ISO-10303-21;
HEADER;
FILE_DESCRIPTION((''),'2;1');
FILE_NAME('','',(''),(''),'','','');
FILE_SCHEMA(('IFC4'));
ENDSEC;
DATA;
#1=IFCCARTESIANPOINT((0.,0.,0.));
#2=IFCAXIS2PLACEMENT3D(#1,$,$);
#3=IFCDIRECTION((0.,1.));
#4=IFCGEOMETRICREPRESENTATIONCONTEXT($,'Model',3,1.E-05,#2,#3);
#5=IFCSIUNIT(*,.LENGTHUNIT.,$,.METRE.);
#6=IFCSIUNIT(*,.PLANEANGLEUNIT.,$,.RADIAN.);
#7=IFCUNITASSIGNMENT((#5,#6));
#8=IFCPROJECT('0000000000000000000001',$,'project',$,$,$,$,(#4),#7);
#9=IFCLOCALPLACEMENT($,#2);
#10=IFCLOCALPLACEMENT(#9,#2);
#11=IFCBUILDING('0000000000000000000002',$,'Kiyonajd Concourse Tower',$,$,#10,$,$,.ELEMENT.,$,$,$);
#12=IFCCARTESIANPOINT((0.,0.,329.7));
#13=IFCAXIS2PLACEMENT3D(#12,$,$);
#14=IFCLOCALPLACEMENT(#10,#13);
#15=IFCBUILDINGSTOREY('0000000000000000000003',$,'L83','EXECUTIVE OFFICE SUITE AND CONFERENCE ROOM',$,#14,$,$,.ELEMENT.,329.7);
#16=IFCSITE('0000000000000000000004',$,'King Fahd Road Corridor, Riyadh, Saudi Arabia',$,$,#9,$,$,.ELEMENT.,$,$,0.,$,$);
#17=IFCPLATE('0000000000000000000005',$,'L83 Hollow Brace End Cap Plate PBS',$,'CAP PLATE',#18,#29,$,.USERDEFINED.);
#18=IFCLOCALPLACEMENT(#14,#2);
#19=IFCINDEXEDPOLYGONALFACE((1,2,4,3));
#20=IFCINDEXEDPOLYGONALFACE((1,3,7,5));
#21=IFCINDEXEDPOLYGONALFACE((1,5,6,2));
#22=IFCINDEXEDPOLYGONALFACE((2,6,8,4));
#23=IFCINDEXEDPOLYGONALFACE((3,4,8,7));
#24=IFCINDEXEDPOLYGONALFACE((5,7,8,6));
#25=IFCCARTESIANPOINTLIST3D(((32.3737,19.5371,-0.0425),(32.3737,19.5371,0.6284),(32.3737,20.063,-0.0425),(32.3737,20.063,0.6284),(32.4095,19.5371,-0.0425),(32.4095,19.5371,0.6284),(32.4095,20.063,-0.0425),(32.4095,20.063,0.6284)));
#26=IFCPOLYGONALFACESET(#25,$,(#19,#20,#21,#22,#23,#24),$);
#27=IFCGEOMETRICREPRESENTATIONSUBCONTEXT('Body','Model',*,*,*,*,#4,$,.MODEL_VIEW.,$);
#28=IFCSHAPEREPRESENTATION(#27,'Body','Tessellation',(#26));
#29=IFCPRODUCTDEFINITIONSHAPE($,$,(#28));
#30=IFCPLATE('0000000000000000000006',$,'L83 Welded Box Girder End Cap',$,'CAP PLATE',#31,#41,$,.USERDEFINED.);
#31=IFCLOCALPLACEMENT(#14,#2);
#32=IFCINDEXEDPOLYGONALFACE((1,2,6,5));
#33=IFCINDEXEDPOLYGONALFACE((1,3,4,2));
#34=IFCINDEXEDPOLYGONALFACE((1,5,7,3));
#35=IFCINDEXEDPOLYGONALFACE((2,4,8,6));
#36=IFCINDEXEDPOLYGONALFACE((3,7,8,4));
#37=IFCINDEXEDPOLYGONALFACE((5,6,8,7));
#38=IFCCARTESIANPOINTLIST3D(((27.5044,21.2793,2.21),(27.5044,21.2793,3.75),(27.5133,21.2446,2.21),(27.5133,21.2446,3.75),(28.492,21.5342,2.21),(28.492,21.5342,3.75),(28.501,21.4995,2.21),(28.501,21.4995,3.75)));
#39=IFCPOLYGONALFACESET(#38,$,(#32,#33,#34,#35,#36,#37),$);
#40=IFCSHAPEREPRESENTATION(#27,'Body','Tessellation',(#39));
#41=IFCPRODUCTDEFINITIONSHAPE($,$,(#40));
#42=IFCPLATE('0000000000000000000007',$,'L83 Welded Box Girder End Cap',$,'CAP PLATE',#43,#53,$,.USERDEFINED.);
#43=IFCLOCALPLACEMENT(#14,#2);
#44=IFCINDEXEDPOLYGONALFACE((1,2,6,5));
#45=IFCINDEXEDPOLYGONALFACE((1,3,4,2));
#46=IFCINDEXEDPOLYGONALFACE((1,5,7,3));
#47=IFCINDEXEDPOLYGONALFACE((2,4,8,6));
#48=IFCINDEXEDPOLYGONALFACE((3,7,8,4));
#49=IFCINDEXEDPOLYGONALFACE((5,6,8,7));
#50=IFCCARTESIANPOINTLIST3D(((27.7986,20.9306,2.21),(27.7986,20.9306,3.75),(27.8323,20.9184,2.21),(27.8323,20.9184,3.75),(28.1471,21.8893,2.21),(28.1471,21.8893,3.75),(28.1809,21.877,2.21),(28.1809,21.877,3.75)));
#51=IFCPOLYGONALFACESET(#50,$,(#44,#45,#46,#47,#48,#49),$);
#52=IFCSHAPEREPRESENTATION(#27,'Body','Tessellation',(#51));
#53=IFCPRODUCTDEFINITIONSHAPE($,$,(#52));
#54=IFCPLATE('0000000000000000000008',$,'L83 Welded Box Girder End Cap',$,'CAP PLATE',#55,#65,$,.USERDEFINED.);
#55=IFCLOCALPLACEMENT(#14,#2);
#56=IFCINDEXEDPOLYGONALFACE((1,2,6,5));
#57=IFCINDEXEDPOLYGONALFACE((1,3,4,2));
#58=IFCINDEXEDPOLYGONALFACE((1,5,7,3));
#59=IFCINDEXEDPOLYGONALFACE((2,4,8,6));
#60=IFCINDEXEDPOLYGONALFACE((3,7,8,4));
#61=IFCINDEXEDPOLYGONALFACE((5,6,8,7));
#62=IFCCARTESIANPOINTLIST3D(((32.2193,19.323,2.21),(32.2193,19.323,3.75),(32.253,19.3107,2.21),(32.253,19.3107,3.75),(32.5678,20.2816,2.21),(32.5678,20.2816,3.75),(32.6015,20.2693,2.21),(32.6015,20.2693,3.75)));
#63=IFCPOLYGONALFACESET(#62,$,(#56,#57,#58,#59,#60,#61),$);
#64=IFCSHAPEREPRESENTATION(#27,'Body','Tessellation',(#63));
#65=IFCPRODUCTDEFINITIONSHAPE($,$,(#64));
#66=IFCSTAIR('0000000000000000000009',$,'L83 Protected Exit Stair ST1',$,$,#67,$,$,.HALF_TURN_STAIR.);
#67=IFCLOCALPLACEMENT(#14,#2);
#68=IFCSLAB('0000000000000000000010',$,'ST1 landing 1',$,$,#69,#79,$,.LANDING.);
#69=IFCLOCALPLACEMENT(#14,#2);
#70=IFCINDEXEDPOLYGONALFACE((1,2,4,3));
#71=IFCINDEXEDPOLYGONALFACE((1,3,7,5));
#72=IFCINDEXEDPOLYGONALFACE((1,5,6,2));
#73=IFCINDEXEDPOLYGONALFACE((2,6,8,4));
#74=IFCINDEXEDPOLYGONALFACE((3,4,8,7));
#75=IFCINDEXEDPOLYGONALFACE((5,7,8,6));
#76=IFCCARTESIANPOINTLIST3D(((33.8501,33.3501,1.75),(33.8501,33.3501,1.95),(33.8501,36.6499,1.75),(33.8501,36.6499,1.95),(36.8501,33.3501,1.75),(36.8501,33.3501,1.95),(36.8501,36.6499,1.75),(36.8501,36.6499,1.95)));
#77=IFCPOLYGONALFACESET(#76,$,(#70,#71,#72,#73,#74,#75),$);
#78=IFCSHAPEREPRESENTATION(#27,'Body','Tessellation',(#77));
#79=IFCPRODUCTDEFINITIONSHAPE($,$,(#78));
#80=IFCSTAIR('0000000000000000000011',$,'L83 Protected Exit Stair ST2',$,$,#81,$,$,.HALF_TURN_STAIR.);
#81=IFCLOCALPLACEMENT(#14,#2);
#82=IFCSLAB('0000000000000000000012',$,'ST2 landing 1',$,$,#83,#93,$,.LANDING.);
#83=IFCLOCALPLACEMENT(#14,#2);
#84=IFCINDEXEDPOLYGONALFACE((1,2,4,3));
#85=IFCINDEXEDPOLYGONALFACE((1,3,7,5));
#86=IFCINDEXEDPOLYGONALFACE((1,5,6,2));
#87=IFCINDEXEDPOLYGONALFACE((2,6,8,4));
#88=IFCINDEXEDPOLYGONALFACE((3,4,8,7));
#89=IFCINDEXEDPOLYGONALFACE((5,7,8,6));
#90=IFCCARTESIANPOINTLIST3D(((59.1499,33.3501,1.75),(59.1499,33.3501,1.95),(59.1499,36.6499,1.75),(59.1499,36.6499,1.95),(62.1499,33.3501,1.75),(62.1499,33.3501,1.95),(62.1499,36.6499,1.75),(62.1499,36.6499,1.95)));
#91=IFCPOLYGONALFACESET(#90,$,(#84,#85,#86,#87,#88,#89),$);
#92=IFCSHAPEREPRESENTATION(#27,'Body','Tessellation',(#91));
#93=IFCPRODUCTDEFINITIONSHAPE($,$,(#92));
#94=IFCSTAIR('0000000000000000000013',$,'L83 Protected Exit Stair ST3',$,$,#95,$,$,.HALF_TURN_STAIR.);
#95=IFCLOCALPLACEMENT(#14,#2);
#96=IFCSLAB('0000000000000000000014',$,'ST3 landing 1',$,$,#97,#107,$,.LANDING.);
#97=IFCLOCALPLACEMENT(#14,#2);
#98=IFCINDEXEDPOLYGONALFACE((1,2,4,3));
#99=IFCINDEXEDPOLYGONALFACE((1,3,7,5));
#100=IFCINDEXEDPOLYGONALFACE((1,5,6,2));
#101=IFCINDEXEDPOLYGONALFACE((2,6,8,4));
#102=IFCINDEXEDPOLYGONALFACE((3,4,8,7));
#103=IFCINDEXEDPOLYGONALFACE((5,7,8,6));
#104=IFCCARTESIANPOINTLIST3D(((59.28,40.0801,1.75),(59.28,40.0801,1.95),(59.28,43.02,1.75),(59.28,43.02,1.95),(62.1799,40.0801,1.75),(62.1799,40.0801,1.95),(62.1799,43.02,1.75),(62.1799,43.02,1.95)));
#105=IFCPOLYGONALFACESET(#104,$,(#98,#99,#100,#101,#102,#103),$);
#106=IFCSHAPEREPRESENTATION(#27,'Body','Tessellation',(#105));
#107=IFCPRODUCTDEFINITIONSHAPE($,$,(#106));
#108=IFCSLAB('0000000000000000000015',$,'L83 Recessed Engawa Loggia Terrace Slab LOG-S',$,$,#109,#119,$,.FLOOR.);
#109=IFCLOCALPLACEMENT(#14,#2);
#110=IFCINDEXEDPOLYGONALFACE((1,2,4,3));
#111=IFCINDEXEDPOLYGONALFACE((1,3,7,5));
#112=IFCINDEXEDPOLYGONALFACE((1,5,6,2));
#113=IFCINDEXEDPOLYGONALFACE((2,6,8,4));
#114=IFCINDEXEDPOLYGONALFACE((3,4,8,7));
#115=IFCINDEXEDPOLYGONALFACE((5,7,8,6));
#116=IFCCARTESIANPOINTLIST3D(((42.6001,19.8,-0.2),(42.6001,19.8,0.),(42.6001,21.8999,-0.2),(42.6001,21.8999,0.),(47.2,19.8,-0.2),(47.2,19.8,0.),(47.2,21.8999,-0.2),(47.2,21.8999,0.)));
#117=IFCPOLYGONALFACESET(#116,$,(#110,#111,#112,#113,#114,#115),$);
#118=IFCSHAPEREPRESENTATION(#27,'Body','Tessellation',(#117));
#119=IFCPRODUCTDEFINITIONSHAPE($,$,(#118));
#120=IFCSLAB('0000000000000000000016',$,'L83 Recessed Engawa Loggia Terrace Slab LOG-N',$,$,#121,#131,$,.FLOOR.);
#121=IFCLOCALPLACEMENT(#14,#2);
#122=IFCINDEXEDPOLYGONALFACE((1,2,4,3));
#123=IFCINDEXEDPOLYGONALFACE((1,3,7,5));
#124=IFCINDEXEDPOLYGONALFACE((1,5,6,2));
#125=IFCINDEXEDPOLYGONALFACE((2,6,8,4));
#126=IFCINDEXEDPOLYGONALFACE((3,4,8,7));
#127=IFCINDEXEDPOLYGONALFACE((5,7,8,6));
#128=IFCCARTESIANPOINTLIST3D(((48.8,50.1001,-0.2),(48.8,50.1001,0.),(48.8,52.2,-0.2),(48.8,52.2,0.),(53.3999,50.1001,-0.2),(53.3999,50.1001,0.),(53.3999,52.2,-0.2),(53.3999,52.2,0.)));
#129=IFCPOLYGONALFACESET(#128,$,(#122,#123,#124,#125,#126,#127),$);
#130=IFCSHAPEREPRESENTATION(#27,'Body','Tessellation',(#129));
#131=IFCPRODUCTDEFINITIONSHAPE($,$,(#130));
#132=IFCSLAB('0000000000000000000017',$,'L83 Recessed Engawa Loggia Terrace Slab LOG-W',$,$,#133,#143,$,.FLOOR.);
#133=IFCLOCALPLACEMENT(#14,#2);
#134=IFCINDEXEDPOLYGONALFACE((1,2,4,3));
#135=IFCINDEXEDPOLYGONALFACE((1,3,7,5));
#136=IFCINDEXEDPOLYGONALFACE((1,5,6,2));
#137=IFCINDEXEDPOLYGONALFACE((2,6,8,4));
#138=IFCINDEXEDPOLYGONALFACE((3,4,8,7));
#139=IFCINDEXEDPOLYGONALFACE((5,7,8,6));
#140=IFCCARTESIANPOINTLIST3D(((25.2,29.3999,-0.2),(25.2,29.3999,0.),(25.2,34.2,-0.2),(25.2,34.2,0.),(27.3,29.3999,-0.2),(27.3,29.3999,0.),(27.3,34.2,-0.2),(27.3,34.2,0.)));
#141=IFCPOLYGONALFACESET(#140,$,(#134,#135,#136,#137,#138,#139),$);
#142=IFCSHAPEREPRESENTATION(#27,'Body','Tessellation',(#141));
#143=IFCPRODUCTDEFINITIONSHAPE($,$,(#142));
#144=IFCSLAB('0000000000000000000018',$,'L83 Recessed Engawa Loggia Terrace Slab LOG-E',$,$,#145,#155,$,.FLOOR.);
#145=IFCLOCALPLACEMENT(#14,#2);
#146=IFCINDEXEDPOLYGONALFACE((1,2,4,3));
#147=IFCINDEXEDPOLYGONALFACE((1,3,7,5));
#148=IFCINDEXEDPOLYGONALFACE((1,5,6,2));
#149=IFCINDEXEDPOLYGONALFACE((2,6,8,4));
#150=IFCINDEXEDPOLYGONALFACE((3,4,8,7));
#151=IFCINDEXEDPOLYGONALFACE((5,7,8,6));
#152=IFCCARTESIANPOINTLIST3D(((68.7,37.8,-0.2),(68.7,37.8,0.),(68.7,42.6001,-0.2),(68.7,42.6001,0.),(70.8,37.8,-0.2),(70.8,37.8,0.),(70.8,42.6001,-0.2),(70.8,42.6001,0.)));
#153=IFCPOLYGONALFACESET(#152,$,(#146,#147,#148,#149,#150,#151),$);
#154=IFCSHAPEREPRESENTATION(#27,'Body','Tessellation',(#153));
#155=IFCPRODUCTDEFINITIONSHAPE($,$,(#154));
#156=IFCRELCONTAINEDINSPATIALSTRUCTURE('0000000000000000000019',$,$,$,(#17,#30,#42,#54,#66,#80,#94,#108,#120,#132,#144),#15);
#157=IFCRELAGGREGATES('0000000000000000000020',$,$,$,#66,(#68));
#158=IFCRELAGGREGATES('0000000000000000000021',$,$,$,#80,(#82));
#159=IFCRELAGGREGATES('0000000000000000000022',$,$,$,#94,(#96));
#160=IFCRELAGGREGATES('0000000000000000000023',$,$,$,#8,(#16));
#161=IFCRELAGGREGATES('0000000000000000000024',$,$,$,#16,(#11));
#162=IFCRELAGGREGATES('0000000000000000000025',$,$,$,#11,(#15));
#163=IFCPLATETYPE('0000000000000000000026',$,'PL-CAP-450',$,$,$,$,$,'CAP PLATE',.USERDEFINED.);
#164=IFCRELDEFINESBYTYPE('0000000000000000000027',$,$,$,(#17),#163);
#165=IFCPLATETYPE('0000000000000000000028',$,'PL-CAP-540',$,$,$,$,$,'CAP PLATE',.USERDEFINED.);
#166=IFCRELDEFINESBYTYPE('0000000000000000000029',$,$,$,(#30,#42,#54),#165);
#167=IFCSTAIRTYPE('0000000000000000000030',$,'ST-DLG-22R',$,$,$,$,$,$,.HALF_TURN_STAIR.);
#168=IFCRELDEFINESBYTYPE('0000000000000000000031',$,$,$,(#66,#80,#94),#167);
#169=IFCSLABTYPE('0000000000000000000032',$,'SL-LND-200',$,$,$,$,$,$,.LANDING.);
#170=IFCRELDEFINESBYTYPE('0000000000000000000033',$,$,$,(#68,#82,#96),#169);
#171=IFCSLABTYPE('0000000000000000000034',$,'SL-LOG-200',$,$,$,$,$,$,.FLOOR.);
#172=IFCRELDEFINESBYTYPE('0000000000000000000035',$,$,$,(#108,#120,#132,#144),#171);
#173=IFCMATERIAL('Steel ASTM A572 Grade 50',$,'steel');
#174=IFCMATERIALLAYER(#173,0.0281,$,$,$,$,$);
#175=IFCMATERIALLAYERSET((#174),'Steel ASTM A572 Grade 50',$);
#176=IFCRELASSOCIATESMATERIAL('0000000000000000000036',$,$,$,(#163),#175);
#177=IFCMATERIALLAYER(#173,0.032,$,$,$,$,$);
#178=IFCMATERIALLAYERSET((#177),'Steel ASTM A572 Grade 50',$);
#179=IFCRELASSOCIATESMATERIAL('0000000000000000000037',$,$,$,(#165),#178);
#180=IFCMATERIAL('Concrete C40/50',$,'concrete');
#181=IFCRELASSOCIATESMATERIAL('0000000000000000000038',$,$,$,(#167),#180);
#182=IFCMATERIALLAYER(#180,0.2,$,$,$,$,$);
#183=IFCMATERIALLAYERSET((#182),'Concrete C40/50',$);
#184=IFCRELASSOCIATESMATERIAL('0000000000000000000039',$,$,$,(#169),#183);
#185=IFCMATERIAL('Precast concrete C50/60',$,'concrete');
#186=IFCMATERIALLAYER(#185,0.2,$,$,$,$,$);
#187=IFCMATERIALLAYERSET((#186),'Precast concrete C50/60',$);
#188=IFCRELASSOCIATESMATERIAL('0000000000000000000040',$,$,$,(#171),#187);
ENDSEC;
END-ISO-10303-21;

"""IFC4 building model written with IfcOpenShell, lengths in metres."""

from ifc_helpers import new_model, si_unit, direction, frame, origin, origin_2d, place, context, subcontext, project, spatial, polyline, rectangle, outline, extrude, material, layer, layer_set, type_object, element, aggregate, save


model = new_model("IFC4")

# Units and contexts
model_context = context("Model", 3, precision=1e-05, world=origin(), true_north=direction((0.0, 1.0)))
body_context = subcontext(model_context, "Body", "Model", "MODEL_VIEW")
ifc_project = project(units=[si_unit("LENGTHUNIT", "METRE"), si_unit("PLANEANGLEUNIT", "RADIAN")], contexts=[model_context])

# Site, building, storey
site_placement = place(None, origin())
site = spatial("IfcSite", under=ifc_project, at=site_placement, Name="King Fahd Road Corridor, Riyadh, Saudi Arabia", CompositionType="ELEMENT", RefElevation=0.0)
building_placement = place(site_placement, origin())
building = spatial("IfcBuilding", under=site, at=building_placement, Name="Kiyonajd Concourse Tower", CompositionType="ELEMENT")
storey_placement = place(building_placement, frame((0.0, 0.0, 329.7)))
storey = spatial("IfcBuildingStorey", under=building, at=storey_placement, Name="L83", Description="EXECUTIVE OFFICE SUITE AND CONFERENCE ROOM", CompositionType="ELEMENT", Elevation=329.7)

# Shared definitions
ifc_material_1 = material(Name="Steel ASTM A572 Grade 50", Category="steel")

# Plates
ifc_layer_1 = layer(ifc_material_1, 0.0281)
ifc_layer_set_1 = layer_set([ifc_layer_1], Name="Steel ASTM A572 Grade 50")
plate_type_1 = type_object("IfcPlateType", Name="PL-CAP-450", ElementType="CAP PLATE", PredefinedType="USERDEFINED", material=ifc_layer_set_1)
plate_placement = place(storey_placement, frame((32.3916, 19.8, -0.0425), z_axis=(0.0, 0.0, 1.0), x_axis=(-1.0, 0.0, 0.0)))
element("IfcPlate", 1, at=plate_placement, inside=storey, type_object=plate_type_1, Name="L83 Hollow Brace End Cap Plate PBS", ObjectType="CAP PLATE", PredefinedType="USERDEFINED", context=body_context, shape_type="SweptSolid", body=[
    extrude(rectangle(XDim=0.0359, YDim=0.5259, at=origin_2d()), origin(), (0.0, 0.0, 1.0), 0.6709),
])
ifc_layer_2 = layer(ifc_material_1, 0.032)
ifc_layer_set_2 = layer_set([ifc_layer_2], Name="Steel ASTM A572 Grade 50")
plate_type_2 = type_object("IfcPlateType", Name="PL-CAP-540", ElementType="CAP PLATE", PredefinedType="USERDEFINED", material=ifc_layer_set_2)
for number, where, z_axis, x_axis, name in (
    (2, (28.0027, 21.3894, 2.21), (0.0, 0.0, 1.0), (0.249873, -0.968279, 0.0), "L83 Welded Box Girder End Cap"),
    (3, (27.9897, 21.4038, 2.21), (0.0, 0.0, 1.0), (-0.939812, 0.341692, 0.0), "L83 Welded Box Girder End Cap"),
    (4, (32.4104, 19.7961, 2.21), (0.0, 0.0, 1.0), (0.939812, -0.341692, 0.0), "L83 Welded Box Girder End Cap"),
):
    element("IfcPlate", number, at=place(storey_placement, frame(where, z_axis=z_axis, x_axis=x_axis)), inside=storey, type_object=plate_type_2, Name=name, ObjectType="CAP PLATE", PredefinedType="USERDEFINED", context=body_context, shape_type="SweptSolid", body=[
        extrude(rectangle(XDim=0.0359, YDim=1.02, at=origin_2d()), origin(), (0.0, 0.0, 1.0), 1.54),
    ])

# Stairs, slabs
ifc_material_2 = material(Name="Concrete C40/50", Category="concrete")
stair_type = type_object("IfcStairType", Name="ST-DLG-22R", PredefinedType="HALF_TURN_STAIR", material=ifc_material_2)
stair_1_placement = place(storey_placement, origin())
stair_1 = element("IfcStair", 5, at=stair_1_placement, inside=storey, type_object=stair_type, Name="L83 Protected Exit Stair ST1", PredefinedType="HALF_TURN_STAIR")
ifc_layer_3 = layer(ifc_material_2, 0.2)
ifc_layer_set_3 = layer_set([ifc_layer_3], Name="Concrete C40/50")
slab_type_1 = type_object("IfcSlabType", Name="SL-LND-200", PredefinedType="LANDING", material=ifc_layer_set_3)
slab_1_placement = place(storey_placement, frame((0.0, 0.0, 1.75)))
slab_1 = element("IfcSlab", 6, at=slab_1_placement, type_object=slab_type_1, Name="ST1 landing 1", PredefinedType="LANDING", context=body_context, shape_type="SweptSolid", body=[
    extrude(outline(polyline([(36.8501, 33.3501), (36.8501, 36.6499), (33.8501, 36.6499), (33.8501, 33.3501), (36.8501, 33.3501)])), origin(), (0.0, 0.0, 1.0), 0.2),
])
aggregate(stair_1, [slab_1])
stair_2_placement = place(storey_placement, origin())
stair_2 = element("IfcStair", 7, at=stair_2_placement, inside=storey, type_object=stair_type, Name="L83 Protected Exit Stair ST2", PredefinedType="HALF_TURN_STAIR")
slab_2_placement = place(storey_placement, frame((0.0, 0.0, 1.75)))
slab_2 = element("IfcSlab", 8, at=slab_2_placement, type_object=slab_type_1, Name="ST2 landing 1", PredefinedType="LANDING", context=body_context, shape_type="SweptSolid", body=[
    extrude(outline(polyline([(62.1499, 33.3501), (62.1499, 36.6499), (59.1499, 36.6499), (59.1499, 33.3501), (62.1499, 33.3501)])), origin(), (0.0, 0.0, 1.0), 0.2),
])
aggregate(stair_2, [slab_2])
stair_3_placement = place(storey_placement, origin())
stair_3 = element("IfcStair", 9, at=stair_3_placement, inside=storey, type_object=stair_type, Name="L83 Protected Exit Stair ST3", PredefinedType="HALF_TURN_STAIR")
slab_3_placement = place(storey_placement, frame((0.0, 0.0, 1.75)))
slab_3 = element("IfcSlab", 10, at=slab_3_placement, type_object=slab_type_1, Name="ST3 landing 1", PredefinedType="LANDING", context=body_context, shape_type="SweptSolid", body=[
    extrude(outline(polyline([(59.28, 40.0801), (62.1799, 40.0801), (62.1799, 43.02), (59.28, 43.02), (59.28, 40.0801)])), origin(), (0.0, 0.0, 1.0), 0.2),
])
aggregate(stair_3, [slab_3])

# Slabs
ifc_material_3 = material(Name="Precast concrete C50/60", Category="concrete")
ifc_layer_4 = layer(ifc_material_3, 0.2)
ifc_layer_set_4 = layer_set([ifc_layer_4], Name="Precast concrete C50/60")
slab_type_2 = type_object("IfcSlabType", Name="SL-LOG-200", PredefinedType="FLOOR", material=ifc_layer_set_4)
slab_4_placement = place(storey_placement, frame((0.0, 0.0, -0.2)))
element("IfcSlab", 11, at=slab_4_placement, inside=storey, type_object=slab_type_2, Name="L83 Recessed Engawa Loggia Terrace Slab LOG-S", PredefinedType="FLOOR", context=body_context, shape_type="SweptSolid", body=[
    extrude(outline(polyline([(42.6001, 19.8), (47.2, 19.8), (47.2, 21.8999), (42.6001, 21.8999), (42.6001, 19.8)])), origin(), (0.0, 0.0, 1.0), 0.2),
])
slab_5_placement = place(storey_placement, frame((0.0, 0.0, -0.2)))
element("IfcSlab", 12, at=slab_5_placement, inside=storey, type_object=slab_type_2, Name="L83 Recessed Engawa Loggia Terrace Slab LOG-N", PredefinedType="FLOOR", context=body_context, shape_type="SweptSolid", body=[
    extrude(outline(polyline([(48.8, 50.1001), (53.3999, 50.1001), (53.3999, 52.2), (48.8, 52.2), (48.8, 50.1001)])), origin(), (0.0, 0.0, 1.0), 0.2),
])
slab_6_placement = place(storey_placement, frame((0.0, 0.0, -0.2)))
element("IfcSlab", 13, at=slab_6_placement, inside=storey, type_object=slab_type_2, Name="L83 Recessed Engawa Loggia Terrace Slab LOG-W", PredefinedType="FLOOR", context=body_context, shape_type="SweptSolid", body=[
    extrude(outline(polyline([(25.2, 29.3999), (27.3, 29.3999), (27.3, 34.2), (25.2, 34.2), (25.2, 29.3999)])), origin(), (0.0, 0.0, 1.0), 0.2),
])
slab_7_placement = place(storey_placement, frame((0.0, 0.0, -0.2)))
element("IfcSlab", 14, at=slab_7_placement, inside=storey, type_object=slab_type_2, Name="L83 Recessed Engawa Loggia Terrace Slab LOG-E", PredefinedType="FLOOR", context=body_context, shape_type="SweptSolid", body=[
    extrude(outline(polyline([(68.7, 37.8), (70.8, 37.8), (70.8, 42.6001), (68.7, 42.6001), (68.7, 37.8)])), origin(), (0.0, 0.0, 1.0), 0.2),
])

save(model, "model.ifc")
